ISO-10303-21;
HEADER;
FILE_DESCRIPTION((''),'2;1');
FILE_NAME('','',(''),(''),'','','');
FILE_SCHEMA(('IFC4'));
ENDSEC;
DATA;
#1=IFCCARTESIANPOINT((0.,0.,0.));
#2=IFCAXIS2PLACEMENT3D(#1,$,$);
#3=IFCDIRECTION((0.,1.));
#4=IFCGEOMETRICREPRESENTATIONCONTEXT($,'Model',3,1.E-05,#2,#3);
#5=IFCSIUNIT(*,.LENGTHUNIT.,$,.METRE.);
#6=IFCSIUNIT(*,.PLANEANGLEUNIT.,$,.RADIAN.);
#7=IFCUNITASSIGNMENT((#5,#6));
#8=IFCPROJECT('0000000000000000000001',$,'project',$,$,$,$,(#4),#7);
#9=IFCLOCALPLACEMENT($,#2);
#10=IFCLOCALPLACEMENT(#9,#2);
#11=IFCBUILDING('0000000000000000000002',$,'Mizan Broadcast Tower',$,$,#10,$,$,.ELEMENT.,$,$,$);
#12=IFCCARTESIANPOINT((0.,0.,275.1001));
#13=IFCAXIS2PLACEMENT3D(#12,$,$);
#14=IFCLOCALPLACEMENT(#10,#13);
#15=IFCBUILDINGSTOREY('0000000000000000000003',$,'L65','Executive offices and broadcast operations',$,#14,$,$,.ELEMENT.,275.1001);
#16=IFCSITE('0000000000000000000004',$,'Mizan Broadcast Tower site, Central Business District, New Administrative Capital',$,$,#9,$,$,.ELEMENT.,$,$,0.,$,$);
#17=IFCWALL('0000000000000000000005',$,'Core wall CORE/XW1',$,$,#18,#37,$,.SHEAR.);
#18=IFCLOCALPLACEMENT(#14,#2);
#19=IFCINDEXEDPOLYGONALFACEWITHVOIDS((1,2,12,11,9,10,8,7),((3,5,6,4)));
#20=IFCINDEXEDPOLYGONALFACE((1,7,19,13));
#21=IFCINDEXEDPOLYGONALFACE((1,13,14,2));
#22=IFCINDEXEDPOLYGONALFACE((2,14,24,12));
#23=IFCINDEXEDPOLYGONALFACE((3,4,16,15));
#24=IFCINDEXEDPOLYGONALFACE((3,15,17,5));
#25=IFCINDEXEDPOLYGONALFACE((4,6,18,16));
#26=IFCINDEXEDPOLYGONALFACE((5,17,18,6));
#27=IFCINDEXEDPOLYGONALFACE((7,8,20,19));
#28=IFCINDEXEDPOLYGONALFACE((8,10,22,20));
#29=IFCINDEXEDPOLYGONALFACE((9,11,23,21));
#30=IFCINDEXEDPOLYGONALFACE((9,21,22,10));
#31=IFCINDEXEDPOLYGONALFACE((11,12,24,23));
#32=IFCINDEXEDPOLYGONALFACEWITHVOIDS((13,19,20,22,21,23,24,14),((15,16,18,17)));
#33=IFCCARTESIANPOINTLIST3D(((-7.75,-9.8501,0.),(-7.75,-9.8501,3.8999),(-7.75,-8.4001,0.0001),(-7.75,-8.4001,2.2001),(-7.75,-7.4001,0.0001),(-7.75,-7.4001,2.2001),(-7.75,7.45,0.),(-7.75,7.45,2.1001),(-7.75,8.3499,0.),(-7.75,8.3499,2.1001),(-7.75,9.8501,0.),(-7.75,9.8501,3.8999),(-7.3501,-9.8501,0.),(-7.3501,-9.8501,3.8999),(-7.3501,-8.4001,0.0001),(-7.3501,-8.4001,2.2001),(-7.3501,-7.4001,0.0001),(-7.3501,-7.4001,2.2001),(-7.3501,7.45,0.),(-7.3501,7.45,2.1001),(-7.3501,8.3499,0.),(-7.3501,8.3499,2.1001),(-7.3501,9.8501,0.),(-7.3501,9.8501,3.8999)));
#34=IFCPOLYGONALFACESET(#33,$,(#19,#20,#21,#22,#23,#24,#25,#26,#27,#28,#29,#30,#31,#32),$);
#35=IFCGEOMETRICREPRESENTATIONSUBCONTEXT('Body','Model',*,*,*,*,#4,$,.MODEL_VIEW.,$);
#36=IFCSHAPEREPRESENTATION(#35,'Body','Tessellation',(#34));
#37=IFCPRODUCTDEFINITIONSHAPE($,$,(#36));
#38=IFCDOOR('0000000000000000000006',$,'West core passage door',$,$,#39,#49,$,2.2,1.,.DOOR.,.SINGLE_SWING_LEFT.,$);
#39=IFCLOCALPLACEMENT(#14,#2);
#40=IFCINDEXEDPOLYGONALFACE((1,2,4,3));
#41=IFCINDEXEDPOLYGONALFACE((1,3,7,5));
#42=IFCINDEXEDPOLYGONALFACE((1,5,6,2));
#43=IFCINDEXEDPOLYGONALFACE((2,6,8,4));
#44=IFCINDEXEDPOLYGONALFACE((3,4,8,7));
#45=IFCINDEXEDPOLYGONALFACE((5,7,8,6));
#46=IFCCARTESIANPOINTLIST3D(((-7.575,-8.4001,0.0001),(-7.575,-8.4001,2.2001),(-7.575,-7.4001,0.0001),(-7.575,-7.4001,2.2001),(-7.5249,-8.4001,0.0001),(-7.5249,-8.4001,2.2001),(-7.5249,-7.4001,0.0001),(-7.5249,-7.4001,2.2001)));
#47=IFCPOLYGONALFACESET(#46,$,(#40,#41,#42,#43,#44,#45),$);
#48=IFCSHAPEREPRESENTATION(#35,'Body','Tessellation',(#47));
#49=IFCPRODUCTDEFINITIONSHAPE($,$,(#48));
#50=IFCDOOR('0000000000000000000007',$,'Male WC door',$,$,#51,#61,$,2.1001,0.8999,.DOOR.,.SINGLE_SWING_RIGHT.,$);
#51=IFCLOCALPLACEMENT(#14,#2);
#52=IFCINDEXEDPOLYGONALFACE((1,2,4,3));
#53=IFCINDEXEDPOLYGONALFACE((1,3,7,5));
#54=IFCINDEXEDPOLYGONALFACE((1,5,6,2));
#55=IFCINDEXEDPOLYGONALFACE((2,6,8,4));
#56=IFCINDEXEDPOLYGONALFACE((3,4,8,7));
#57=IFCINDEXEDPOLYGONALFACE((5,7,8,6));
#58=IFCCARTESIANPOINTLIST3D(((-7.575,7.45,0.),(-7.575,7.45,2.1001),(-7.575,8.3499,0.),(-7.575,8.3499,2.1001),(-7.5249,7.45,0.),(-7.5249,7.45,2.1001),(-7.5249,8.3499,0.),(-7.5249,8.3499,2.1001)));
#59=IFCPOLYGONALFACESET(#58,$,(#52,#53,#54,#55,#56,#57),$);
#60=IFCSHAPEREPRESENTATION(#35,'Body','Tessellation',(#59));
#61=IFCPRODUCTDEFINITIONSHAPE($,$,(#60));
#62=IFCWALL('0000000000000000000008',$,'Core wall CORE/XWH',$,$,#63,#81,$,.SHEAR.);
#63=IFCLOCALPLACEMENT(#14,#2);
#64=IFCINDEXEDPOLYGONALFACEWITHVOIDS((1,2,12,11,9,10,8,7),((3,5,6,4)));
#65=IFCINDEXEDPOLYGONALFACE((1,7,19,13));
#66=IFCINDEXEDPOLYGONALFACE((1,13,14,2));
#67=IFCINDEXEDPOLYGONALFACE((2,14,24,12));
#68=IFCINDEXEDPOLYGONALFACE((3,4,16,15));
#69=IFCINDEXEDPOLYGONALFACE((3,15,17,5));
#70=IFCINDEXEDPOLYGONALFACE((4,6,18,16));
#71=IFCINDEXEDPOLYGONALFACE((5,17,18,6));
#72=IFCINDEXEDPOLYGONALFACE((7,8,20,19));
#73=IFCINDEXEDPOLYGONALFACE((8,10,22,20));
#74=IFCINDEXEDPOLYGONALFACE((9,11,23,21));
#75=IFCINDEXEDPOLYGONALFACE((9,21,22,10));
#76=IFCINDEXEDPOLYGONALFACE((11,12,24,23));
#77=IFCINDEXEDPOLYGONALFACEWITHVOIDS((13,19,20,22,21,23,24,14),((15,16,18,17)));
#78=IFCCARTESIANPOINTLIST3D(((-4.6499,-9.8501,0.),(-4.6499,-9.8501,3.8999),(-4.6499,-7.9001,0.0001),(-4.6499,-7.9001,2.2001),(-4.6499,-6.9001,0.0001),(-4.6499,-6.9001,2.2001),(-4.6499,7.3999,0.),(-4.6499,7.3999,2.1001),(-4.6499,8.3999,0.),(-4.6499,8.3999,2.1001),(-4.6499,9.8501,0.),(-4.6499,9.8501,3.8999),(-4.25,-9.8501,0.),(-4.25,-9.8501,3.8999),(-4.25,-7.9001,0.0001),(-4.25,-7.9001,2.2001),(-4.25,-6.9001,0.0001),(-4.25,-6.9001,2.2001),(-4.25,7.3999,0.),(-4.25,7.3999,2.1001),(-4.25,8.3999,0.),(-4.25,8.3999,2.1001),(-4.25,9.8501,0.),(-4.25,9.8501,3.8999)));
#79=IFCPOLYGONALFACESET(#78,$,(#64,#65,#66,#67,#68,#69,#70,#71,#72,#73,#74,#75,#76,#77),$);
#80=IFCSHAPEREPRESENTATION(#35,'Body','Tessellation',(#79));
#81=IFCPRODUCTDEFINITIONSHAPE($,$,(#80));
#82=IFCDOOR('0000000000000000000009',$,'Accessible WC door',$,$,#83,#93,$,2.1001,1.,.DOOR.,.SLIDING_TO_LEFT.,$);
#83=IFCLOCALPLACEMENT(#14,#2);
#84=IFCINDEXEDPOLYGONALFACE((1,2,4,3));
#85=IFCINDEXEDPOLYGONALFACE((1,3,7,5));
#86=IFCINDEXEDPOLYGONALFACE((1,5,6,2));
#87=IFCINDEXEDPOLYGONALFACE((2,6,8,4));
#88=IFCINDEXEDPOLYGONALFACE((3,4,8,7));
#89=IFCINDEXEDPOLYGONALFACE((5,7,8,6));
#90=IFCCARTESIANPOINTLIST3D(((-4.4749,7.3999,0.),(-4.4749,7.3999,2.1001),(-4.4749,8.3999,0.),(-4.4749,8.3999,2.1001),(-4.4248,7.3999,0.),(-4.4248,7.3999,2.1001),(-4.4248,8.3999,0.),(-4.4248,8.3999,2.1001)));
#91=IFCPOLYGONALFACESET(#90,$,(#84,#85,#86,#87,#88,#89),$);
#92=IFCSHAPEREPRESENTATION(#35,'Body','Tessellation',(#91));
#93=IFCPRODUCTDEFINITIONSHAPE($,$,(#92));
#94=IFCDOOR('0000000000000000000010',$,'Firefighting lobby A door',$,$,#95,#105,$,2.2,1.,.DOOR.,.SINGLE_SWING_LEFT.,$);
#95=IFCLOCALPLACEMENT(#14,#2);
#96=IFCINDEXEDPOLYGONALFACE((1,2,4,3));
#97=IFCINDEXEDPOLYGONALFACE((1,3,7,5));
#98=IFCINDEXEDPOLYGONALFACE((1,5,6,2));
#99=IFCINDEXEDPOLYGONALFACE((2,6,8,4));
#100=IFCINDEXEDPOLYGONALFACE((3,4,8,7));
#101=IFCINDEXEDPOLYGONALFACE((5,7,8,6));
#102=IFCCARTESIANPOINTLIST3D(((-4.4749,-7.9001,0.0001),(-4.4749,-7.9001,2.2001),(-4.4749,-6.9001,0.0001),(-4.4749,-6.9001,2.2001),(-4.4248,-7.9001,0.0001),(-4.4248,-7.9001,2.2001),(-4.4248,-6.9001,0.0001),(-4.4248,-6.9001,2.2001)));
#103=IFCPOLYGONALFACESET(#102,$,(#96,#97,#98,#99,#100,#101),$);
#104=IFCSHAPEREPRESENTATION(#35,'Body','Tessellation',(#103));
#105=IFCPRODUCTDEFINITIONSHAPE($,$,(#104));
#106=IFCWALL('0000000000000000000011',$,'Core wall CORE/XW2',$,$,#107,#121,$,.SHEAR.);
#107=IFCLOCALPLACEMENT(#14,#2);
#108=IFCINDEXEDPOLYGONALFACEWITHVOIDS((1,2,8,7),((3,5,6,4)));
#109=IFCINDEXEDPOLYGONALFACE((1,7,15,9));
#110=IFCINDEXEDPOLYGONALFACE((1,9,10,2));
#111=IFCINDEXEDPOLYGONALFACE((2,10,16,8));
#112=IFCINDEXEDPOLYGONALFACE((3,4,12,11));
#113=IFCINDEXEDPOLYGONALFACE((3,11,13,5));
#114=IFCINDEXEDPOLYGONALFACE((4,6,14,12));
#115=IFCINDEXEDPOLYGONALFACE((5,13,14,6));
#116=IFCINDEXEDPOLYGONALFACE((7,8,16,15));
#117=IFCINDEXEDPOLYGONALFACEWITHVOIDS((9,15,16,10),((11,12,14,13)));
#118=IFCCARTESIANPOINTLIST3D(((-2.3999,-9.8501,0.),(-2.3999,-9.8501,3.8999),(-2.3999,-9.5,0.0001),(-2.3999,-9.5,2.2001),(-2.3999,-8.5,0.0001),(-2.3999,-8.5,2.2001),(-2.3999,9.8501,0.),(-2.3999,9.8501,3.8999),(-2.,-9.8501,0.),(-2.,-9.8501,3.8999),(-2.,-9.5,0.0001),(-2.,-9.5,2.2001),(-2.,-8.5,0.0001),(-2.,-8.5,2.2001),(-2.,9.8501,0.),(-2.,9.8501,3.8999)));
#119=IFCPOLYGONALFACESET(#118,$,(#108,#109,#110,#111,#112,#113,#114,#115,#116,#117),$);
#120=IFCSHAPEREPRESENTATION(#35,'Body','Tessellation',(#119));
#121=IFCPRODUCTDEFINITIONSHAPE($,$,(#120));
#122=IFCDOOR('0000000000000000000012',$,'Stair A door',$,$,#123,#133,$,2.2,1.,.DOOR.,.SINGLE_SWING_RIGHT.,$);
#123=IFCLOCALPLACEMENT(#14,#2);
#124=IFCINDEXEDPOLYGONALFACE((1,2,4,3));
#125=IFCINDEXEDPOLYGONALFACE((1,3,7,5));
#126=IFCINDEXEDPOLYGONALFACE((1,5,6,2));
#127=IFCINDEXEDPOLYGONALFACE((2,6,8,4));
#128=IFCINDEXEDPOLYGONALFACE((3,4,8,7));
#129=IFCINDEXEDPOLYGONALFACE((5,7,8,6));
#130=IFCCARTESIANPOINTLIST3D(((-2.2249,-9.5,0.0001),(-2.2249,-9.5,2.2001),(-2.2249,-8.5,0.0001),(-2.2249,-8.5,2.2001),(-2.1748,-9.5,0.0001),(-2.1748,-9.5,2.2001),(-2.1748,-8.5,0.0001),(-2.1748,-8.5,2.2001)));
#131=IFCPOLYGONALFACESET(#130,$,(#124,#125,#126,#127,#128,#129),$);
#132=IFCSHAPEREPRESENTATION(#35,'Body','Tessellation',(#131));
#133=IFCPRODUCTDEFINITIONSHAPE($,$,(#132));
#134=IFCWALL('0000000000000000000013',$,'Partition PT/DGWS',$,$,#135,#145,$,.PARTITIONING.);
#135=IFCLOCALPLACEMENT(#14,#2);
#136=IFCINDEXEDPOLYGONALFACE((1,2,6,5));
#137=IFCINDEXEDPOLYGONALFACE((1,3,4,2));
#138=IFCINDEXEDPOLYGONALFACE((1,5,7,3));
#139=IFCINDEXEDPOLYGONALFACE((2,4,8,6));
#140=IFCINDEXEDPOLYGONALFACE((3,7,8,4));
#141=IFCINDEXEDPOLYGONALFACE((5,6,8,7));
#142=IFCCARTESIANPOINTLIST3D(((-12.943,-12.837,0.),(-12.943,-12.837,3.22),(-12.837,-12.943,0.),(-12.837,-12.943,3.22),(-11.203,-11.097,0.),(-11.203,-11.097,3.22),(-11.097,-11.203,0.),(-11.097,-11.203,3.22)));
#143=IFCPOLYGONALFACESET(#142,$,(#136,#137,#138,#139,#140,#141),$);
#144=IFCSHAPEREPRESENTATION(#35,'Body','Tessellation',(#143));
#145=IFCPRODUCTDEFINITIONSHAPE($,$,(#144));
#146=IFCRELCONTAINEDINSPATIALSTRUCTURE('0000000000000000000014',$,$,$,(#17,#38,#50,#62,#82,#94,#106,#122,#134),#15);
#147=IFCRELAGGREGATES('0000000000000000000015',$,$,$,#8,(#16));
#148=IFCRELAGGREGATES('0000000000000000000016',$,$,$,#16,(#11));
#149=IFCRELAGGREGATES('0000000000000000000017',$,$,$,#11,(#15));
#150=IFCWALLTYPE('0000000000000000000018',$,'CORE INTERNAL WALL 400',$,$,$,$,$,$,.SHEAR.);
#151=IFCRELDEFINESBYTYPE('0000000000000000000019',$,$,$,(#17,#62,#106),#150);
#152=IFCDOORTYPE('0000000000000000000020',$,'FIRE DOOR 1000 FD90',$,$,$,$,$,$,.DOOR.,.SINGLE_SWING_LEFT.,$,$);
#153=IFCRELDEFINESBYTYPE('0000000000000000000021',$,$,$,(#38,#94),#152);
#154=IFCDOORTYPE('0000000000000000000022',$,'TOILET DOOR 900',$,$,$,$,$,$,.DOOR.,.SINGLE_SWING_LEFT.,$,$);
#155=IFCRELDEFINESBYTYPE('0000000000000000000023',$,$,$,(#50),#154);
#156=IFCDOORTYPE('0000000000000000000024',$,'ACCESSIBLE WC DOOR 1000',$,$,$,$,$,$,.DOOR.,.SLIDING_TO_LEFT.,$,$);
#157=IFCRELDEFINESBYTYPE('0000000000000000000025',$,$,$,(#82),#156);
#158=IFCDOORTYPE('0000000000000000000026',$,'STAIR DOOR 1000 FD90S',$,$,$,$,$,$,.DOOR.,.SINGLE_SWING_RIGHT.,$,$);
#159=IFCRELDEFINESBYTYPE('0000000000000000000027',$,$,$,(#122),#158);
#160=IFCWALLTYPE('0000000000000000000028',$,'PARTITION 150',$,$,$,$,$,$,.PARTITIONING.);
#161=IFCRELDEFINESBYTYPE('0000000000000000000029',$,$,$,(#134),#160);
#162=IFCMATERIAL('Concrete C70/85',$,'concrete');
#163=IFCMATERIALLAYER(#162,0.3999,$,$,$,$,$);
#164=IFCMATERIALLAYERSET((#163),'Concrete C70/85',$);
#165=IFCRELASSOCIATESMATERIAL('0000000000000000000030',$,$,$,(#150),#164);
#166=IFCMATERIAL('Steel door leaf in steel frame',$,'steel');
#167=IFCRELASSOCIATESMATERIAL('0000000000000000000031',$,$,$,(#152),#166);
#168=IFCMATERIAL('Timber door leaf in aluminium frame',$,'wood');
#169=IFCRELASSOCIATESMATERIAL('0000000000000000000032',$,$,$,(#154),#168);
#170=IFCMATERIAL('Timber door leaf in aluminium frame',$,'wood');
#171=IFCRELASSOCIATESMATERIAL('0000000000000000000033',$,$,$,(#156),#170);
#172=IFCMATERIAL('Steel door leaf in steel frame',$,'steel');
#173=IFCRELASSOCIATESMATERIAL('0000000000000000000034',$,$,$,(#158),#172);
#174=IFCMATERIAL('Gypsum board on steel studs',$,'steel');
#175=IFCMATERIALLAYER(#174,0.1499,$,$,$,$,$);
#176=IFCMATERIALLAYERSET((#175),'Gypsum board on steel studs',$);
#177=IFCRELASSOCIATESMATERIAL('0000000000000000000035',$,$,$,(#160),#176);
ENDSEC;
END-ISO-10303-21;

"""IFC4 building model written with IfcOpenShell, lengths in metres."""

from ifc_helpers import new_model, si_unit, direction, frame, frame_2d, origin, place, context, subcontext, project, spatial, rectangle, extrude, material, layer, layer_set, type_object, element, fill, save


model = new_model("IFC4")

# Units and contexts
model_context = context("Model", 3, precision=1e-05, world=origin(), true_north=direction((0.0, 1.0)))
body_context = subcontext(model_context, "Body", "Model", "MODEL_VIEW")
ifc_project = project(units=[si_unit("LENGTHUNIT", "METRE"), si_unit("PLANEANGLEUNIT", "RADIAN")], contexts=[model_context])

# Site, building, storey
site_placement = place(None, origin())
site = spatial("IfcSite", under=ifc_project, at=site_placement, Name="Mizan Broadcast Tower site, Central Business District, New Administrative Capital", CompositionType="ELEMENT", RefElevation=0.0)
building_placement = place(site_placement, origin())
building = spatial("IfcBuilding", under=site, at=building_placement, Name="Mizan Broadcast Tower", CompositionType="ELEMENT")
storey_placement = place(building_placement, frame((0.0, 0.0, 275.1001)))
storey = spatial("IfcBuildingStorey", under=building, at=storey_placement, Name="L65", Description="Executive offices and broadcast operations", CompositionType="ELEMENT", Elevation=275.1001)

# Walls, openings, doors
ifc_material_1 = material(Name="Concrete C70/85", Category="concrete")
ifc_layer_1 = layer(ifc_material_1, 0.3999)
ifc_layer_set_1 = layer_set([ifc_layer_1], Name="Concrete C70/85")
wall_type_1 = type_object("IfcWallType", Name="CORE INTERNAL WALL 400", PredefinedType="SHEAR", material=ifc_layer_set_1)
wall_1_placement = place(storey_placement, frame((-7.55, -9.8501, 0.0), z_axis=(0.0, 0.0, 1.0), x_axis=(0.0, 1.0, 0.0)))
wall_1 = element("IfcWall", 1, at=wall_1_placement, inside=storey, type_object=wall_type_1, Name="Core wall CORE/XW1", PredefinedType="SHEAR", context=body_context, shape_type="SweptSolid", body=[
    extrude(rectangle(XDim=19.7002, YDim=0.3999, at=frame_2d((9.8501, 0.0))), origin(), (0.0, 0.0, 1.0), 3.8999),
])
opening_1_placement = place(wall_1_placement, frame((1.45, 0.0, 0.0)))
opening_1 = element("IfcOpeningElement", 2, at=opening_1_placement, cuts=wall_1, PredefinedType="OPENING", context=body_context, shape_type="SweptSolid", body=[
    extrude(rectangle(XDim=1.0, YDim=2.2, at=frame_2d((0.5, 1.1001))), frame((0.0, 0.21, 0.0), z_axis=(0.0, -1.0, 0.0), x_axis=(1.0, 0.0, 0.0)), (0.0, 0.0, 1.0), 0.4199),
])
opening_2_placement = place(wall_1_placement, frame((17.3, 0.0, 0.0)))
opening_2 = element("IfcOpeningElement", 3, at=opening_2_placement, cuts=wall_1, PredefinedType="OPENING", context=body_context, shape_type="SweptSolid", body=[
    extrude(rectangle(XDim=0.8999, YDim=2.1001, at=frame_2d((0.45, 1.05))), frame((0.0, 0.21, 0.0), z_axis=(0.0, -1.0, 0.0), x_axis=(1.0, 0.0, 0.0)), (0.0, 0.0, 1.0), 0.4199),
])
ifc_material_2 = material(Name="Steel door leaf in steel frame", Category="steel")
door_type_1 = type_object("IfcDoorType", Name="FIRE DOOR 1000 FD90", OperationType="SINGLE_SWING_LEFT", PredefinedType="DOOR", material=ifc_material_2)
door_1_placement = place(opening_1_placement, origin())
door_1 = element("IfcDoor", 4, at=door_1_placement, inside=storey, type_object=door_type_1, Name="West core passage door", OperationType="SINGLE_SWING_LEFT", OverallHeight=2.2, OverallWidth=1.0, PredefinedType="DOOR", context=body_context, shape_type="SweptSolid", body=[
    extrude(rectangle(XDim=1.0, YDim=2.2, at=frame_2d((0.5, 1.1001))), frame((0.0, 0.0249, 0.0), z_axis=(0.0, -1.0, 0.0), x_axis=(1.0, 0.0, 0.0)), (0.0, 0.0, 1.0), 0.05),
])
fill(opening_1, door_1)
ifc_material_3 = material(Name="Timber door leaf in aluminium frame", Category="wood")
door_type_2 = type_object("IfcDoorType", Name="TOILET DOOR 900", OperationType="SINGLE_SWING_LEFT", PredefinedType="DOOR", material=ifc_material_3)
door_2_placement = place(opening_2_placement, origin())
door_2 = element("IfcDoor", 5, at=door_2_placement, inside=storey, type_object=door_type_2, Name="Male WC door", OperationType="SINGLE_SWING_RIGHT", OverallHeight=2.1001, OverallWidth=0.8999, PredefinedType="DOOR", context=body_context, shape_type="SweptSolid", body=[
    extrude(rectangle(XDim=0.8999, YDim=2.1001, at=frame_2d((0.45, 1.05))), frame((0.0, 0.0249, 0.0), z_axis=(0.0, -1.0, 0.0), x_axis=(1.0, 0.0, 0.0)), (0.0, 0.0, 1.0), 0.05),
])
fill(opening_2, door_2)
wall_2_placement = place(storey_placement, frame((-4.45, -9.8501, 0.0), z_axis=(0.0, 0.0, 1.0), x_axis=(0.0, 1.0, 0.0)))
wall_2 = element("IfcWall", 6, at=wall_2_placement, inside=storey, type_object=wall_type_1, Name="Core wall CORE/XWH", PredefinedType="SHEAR", context=body_context, shape_type="SweptSolid", body=[
    extrude(rectangle(XDim=19.7002, YDim=0.3999, at=frame_2d((9.8501, 0.0))), origin(), (0.0, 0.0, 1.0), 3.8999),
])
opening_3_placement = place(wall_2_placement, frame((1.95, 0.0, 0.0)))
opening_3 = element("IfcOpeningElement", 7, at=opening_3_placement, cuts=wall_2, PredefinedType="OPENING", context=body_context, shape_type="SweptSolid", body=[
    extrude(rectangle(XDim=1.0, YDim=2.2, at=frame_2d((0.5, 1.1001))), frame((0.0, 0.21, 0.0), z_axis=(0.0, -1.0, 0.0), x_axis=(1.0, 0.0, 0.0)), (0.0, 0.0, 1.0), 0.4199),
])
opening_4_placement = place(wall_2_placement, frame((17.25, 0.0, 0.0)))
opening_4 = element("IfcOpeningElement", 8, at=opening_4_placement, cuts=wall_2, PredefinedType="OPENING", context=body_context, shape_type="SweptSolid", body=[
    extrude(rectangle(XDim=1.0, YDim=2.1001, at=frame_2d((0.5, 1.05))), frame((0.0, 0.21, 0.0), z_axis=(0.0, -1.0, 0.0), x_axis=(1.0, 0.0, 0.0)), (0.0, 0.0, 1.0), 0.4199),
])
ifc_material_4 = material(Name="Timber door leaf in aluminium frame", Category="wood")
door_type_3 = type_object("IfcDoorType", Name="ACCESSIBLE WC DOOR 1000", OperationType="SLIDING_TO_LEFT", PredefinedType="DOOR", material=ifc_material_4)
door_3_placement = place(opening_4_placement, origin())
door_3 = element("IfcDoor", 9, at=door_3_placement, inside=storey, type_object=door_type_3, Name="Accessible WC door", OperationType="SLIDING_TO_LEFT", OverallHeight=2.1001, OverallWidth=1.0, PredefinedType="DOOR", context=body_context, shape_type="SweptSolid", body=[
    extrude(rectangle(XDim=1.0, YDim=2.1001, at=frame_2d((0.5, 1.05))), frame((0.0, 0.0249, 0.0), z_axis=(0.0, -1.0, 0.0), x_axis=(1.0, 0.0, 0.0)), (0.0, 0.0, 1.0), 0.05),
])
fill(opening_4, door_3)
door_4_placement = place(opening_3_placement, origin())
door_4 = element("IfcDoor", 10, at=door_4_placement, inside=storey, type_object=door_type_1, Name="Firefighting lobby A door", OperationType="SINGLE_SWING_LEFT", OverallHeight=2.2, OverallWidth=1.0, PredefinedType="DOOR", context=body_context, shape_type="SweptSolid", body=[
    extrude(rectangle(XDim=1.0, YDim=2.2, at=frame_2d((0.5, 1.1001))), frame((0.0, 0.0249, 0.0), z_axis=(0.0, -1.0, 0.0), x_axis=(1.0, 0.0, 0.0)), (0.0, 0.0, 1.0), 0.05),
])
fill(opening_3, door_4)

# Wall, opening, door
wall_3_placement = place(storey_placement, frame((-2.2, -9.8501, 0.0), z_axis=(0.0, 0.0, 1.0), x_axis=(0.0, 1.0, 0.0)))
wall_3 = element("IfcWall", 11, at=wall_3_placement, inside=storey, type_object=wall_type_1, Name="Core wall CORE/XW2", PredefinedType="SHEAR", context=body_context, shape_type="SweptSolid", body=[
    extrude(rectangle(XDim=19.7002, YDim=0.3999, at=frame_2d((9.8501, 0.0))), origin(), (0.0, 0.0, 1.0), 3.8999),
])
opening_5_placement = place(wall_3_placement, frame((0.3501, 0.0, 0.0)))
opening_5 = element("IfcOpeningElement", 12, at=opening_5_placement, cuts=wall_3, PredefinedType="OPENING", context=body_context, shape_type="SweptSolid", body=[
    extrude(rectangle(XDim=1.0, YDim=2.2, at=frame_2d((0.5, 1.1001))), frame((0.0, 0.21, 0.0), z_axis=(0.0, -1.0, 0.0), x_axis=(1.0, 0.0, 0.0)), (0.0, 0.0, 1.0), 0.4199),
])
ifc_material_5 = material(Name="Steel door leaf in steel frame", Category="steel")
door_type_4 = type_object("IfcDoorType", Name="STAIR DOOR 1000 FD90S", OperationType="SINGLE_SWING_RIGHT", PredefinedType="DOOR", material=ifc_material_5)
door_5_placement = place(opening_5_placement, origin())
door_5 = element("IfcDoor", 13, at=door_5_placement, inside=storey, type_object=door_type_4, Name="Stair A door", OperationType="SINGLE_SWING_RIGHT", OverallHeight=2.2, OverallWidth=1.0, PredefinedType="DOOR", context=body_context, shape_type="SweptSolid", body=[
    extrude(rectangle(XDim=1.0, YDim=2.2, at=frame_2d((0.5, 1.1001))), frame((0.0, 0.0249, 0.0), z_axis=(0.0, -1.0, 0.0), x_axis=(1.0, 0.0, 0.0)), (0.0, 0.0, 1.0), 0.05),
])
fill(opening_5, door_5)

# Wall
ifc_material_6 = material(Name="Gypsum board on steel studs", Category="steel")
ifc_layer_2 = layer(ifc_material_6, 0.1499)
ifc_layer_set_2 = layer_set([ifc_layer_2], Name="Gypsum board on steel studs")
wall_type_2 = type_object("IfcWallType", Name="PARTITION 150", PredefinedType="PARTITIONING", material=ifc_layer_set_2)
wall_4_placement = place(storey_placement, frame((-11.1499, -11.1499, 0.0), z_axis=(0.0, 0.0, 1.0), x_axis=(-0.707107, -0.707107, 0.0)))
element("IfcWall", 14, at=wall_4_placement, inside=storey, type_object=wall_type_2, Name="Partition PT/DGWS", PredefinedType="PARTITIONING", context=body_context, shape_type="SweptSolid", body=[
    extrude(rectangle(XDim=2.4607, YDim=0.1499, at=frame_2d((1.2305, 0.0))), origin(), (0.0, 0.0, 1.0), 3.22),
])

save(model, "model.ifc")
